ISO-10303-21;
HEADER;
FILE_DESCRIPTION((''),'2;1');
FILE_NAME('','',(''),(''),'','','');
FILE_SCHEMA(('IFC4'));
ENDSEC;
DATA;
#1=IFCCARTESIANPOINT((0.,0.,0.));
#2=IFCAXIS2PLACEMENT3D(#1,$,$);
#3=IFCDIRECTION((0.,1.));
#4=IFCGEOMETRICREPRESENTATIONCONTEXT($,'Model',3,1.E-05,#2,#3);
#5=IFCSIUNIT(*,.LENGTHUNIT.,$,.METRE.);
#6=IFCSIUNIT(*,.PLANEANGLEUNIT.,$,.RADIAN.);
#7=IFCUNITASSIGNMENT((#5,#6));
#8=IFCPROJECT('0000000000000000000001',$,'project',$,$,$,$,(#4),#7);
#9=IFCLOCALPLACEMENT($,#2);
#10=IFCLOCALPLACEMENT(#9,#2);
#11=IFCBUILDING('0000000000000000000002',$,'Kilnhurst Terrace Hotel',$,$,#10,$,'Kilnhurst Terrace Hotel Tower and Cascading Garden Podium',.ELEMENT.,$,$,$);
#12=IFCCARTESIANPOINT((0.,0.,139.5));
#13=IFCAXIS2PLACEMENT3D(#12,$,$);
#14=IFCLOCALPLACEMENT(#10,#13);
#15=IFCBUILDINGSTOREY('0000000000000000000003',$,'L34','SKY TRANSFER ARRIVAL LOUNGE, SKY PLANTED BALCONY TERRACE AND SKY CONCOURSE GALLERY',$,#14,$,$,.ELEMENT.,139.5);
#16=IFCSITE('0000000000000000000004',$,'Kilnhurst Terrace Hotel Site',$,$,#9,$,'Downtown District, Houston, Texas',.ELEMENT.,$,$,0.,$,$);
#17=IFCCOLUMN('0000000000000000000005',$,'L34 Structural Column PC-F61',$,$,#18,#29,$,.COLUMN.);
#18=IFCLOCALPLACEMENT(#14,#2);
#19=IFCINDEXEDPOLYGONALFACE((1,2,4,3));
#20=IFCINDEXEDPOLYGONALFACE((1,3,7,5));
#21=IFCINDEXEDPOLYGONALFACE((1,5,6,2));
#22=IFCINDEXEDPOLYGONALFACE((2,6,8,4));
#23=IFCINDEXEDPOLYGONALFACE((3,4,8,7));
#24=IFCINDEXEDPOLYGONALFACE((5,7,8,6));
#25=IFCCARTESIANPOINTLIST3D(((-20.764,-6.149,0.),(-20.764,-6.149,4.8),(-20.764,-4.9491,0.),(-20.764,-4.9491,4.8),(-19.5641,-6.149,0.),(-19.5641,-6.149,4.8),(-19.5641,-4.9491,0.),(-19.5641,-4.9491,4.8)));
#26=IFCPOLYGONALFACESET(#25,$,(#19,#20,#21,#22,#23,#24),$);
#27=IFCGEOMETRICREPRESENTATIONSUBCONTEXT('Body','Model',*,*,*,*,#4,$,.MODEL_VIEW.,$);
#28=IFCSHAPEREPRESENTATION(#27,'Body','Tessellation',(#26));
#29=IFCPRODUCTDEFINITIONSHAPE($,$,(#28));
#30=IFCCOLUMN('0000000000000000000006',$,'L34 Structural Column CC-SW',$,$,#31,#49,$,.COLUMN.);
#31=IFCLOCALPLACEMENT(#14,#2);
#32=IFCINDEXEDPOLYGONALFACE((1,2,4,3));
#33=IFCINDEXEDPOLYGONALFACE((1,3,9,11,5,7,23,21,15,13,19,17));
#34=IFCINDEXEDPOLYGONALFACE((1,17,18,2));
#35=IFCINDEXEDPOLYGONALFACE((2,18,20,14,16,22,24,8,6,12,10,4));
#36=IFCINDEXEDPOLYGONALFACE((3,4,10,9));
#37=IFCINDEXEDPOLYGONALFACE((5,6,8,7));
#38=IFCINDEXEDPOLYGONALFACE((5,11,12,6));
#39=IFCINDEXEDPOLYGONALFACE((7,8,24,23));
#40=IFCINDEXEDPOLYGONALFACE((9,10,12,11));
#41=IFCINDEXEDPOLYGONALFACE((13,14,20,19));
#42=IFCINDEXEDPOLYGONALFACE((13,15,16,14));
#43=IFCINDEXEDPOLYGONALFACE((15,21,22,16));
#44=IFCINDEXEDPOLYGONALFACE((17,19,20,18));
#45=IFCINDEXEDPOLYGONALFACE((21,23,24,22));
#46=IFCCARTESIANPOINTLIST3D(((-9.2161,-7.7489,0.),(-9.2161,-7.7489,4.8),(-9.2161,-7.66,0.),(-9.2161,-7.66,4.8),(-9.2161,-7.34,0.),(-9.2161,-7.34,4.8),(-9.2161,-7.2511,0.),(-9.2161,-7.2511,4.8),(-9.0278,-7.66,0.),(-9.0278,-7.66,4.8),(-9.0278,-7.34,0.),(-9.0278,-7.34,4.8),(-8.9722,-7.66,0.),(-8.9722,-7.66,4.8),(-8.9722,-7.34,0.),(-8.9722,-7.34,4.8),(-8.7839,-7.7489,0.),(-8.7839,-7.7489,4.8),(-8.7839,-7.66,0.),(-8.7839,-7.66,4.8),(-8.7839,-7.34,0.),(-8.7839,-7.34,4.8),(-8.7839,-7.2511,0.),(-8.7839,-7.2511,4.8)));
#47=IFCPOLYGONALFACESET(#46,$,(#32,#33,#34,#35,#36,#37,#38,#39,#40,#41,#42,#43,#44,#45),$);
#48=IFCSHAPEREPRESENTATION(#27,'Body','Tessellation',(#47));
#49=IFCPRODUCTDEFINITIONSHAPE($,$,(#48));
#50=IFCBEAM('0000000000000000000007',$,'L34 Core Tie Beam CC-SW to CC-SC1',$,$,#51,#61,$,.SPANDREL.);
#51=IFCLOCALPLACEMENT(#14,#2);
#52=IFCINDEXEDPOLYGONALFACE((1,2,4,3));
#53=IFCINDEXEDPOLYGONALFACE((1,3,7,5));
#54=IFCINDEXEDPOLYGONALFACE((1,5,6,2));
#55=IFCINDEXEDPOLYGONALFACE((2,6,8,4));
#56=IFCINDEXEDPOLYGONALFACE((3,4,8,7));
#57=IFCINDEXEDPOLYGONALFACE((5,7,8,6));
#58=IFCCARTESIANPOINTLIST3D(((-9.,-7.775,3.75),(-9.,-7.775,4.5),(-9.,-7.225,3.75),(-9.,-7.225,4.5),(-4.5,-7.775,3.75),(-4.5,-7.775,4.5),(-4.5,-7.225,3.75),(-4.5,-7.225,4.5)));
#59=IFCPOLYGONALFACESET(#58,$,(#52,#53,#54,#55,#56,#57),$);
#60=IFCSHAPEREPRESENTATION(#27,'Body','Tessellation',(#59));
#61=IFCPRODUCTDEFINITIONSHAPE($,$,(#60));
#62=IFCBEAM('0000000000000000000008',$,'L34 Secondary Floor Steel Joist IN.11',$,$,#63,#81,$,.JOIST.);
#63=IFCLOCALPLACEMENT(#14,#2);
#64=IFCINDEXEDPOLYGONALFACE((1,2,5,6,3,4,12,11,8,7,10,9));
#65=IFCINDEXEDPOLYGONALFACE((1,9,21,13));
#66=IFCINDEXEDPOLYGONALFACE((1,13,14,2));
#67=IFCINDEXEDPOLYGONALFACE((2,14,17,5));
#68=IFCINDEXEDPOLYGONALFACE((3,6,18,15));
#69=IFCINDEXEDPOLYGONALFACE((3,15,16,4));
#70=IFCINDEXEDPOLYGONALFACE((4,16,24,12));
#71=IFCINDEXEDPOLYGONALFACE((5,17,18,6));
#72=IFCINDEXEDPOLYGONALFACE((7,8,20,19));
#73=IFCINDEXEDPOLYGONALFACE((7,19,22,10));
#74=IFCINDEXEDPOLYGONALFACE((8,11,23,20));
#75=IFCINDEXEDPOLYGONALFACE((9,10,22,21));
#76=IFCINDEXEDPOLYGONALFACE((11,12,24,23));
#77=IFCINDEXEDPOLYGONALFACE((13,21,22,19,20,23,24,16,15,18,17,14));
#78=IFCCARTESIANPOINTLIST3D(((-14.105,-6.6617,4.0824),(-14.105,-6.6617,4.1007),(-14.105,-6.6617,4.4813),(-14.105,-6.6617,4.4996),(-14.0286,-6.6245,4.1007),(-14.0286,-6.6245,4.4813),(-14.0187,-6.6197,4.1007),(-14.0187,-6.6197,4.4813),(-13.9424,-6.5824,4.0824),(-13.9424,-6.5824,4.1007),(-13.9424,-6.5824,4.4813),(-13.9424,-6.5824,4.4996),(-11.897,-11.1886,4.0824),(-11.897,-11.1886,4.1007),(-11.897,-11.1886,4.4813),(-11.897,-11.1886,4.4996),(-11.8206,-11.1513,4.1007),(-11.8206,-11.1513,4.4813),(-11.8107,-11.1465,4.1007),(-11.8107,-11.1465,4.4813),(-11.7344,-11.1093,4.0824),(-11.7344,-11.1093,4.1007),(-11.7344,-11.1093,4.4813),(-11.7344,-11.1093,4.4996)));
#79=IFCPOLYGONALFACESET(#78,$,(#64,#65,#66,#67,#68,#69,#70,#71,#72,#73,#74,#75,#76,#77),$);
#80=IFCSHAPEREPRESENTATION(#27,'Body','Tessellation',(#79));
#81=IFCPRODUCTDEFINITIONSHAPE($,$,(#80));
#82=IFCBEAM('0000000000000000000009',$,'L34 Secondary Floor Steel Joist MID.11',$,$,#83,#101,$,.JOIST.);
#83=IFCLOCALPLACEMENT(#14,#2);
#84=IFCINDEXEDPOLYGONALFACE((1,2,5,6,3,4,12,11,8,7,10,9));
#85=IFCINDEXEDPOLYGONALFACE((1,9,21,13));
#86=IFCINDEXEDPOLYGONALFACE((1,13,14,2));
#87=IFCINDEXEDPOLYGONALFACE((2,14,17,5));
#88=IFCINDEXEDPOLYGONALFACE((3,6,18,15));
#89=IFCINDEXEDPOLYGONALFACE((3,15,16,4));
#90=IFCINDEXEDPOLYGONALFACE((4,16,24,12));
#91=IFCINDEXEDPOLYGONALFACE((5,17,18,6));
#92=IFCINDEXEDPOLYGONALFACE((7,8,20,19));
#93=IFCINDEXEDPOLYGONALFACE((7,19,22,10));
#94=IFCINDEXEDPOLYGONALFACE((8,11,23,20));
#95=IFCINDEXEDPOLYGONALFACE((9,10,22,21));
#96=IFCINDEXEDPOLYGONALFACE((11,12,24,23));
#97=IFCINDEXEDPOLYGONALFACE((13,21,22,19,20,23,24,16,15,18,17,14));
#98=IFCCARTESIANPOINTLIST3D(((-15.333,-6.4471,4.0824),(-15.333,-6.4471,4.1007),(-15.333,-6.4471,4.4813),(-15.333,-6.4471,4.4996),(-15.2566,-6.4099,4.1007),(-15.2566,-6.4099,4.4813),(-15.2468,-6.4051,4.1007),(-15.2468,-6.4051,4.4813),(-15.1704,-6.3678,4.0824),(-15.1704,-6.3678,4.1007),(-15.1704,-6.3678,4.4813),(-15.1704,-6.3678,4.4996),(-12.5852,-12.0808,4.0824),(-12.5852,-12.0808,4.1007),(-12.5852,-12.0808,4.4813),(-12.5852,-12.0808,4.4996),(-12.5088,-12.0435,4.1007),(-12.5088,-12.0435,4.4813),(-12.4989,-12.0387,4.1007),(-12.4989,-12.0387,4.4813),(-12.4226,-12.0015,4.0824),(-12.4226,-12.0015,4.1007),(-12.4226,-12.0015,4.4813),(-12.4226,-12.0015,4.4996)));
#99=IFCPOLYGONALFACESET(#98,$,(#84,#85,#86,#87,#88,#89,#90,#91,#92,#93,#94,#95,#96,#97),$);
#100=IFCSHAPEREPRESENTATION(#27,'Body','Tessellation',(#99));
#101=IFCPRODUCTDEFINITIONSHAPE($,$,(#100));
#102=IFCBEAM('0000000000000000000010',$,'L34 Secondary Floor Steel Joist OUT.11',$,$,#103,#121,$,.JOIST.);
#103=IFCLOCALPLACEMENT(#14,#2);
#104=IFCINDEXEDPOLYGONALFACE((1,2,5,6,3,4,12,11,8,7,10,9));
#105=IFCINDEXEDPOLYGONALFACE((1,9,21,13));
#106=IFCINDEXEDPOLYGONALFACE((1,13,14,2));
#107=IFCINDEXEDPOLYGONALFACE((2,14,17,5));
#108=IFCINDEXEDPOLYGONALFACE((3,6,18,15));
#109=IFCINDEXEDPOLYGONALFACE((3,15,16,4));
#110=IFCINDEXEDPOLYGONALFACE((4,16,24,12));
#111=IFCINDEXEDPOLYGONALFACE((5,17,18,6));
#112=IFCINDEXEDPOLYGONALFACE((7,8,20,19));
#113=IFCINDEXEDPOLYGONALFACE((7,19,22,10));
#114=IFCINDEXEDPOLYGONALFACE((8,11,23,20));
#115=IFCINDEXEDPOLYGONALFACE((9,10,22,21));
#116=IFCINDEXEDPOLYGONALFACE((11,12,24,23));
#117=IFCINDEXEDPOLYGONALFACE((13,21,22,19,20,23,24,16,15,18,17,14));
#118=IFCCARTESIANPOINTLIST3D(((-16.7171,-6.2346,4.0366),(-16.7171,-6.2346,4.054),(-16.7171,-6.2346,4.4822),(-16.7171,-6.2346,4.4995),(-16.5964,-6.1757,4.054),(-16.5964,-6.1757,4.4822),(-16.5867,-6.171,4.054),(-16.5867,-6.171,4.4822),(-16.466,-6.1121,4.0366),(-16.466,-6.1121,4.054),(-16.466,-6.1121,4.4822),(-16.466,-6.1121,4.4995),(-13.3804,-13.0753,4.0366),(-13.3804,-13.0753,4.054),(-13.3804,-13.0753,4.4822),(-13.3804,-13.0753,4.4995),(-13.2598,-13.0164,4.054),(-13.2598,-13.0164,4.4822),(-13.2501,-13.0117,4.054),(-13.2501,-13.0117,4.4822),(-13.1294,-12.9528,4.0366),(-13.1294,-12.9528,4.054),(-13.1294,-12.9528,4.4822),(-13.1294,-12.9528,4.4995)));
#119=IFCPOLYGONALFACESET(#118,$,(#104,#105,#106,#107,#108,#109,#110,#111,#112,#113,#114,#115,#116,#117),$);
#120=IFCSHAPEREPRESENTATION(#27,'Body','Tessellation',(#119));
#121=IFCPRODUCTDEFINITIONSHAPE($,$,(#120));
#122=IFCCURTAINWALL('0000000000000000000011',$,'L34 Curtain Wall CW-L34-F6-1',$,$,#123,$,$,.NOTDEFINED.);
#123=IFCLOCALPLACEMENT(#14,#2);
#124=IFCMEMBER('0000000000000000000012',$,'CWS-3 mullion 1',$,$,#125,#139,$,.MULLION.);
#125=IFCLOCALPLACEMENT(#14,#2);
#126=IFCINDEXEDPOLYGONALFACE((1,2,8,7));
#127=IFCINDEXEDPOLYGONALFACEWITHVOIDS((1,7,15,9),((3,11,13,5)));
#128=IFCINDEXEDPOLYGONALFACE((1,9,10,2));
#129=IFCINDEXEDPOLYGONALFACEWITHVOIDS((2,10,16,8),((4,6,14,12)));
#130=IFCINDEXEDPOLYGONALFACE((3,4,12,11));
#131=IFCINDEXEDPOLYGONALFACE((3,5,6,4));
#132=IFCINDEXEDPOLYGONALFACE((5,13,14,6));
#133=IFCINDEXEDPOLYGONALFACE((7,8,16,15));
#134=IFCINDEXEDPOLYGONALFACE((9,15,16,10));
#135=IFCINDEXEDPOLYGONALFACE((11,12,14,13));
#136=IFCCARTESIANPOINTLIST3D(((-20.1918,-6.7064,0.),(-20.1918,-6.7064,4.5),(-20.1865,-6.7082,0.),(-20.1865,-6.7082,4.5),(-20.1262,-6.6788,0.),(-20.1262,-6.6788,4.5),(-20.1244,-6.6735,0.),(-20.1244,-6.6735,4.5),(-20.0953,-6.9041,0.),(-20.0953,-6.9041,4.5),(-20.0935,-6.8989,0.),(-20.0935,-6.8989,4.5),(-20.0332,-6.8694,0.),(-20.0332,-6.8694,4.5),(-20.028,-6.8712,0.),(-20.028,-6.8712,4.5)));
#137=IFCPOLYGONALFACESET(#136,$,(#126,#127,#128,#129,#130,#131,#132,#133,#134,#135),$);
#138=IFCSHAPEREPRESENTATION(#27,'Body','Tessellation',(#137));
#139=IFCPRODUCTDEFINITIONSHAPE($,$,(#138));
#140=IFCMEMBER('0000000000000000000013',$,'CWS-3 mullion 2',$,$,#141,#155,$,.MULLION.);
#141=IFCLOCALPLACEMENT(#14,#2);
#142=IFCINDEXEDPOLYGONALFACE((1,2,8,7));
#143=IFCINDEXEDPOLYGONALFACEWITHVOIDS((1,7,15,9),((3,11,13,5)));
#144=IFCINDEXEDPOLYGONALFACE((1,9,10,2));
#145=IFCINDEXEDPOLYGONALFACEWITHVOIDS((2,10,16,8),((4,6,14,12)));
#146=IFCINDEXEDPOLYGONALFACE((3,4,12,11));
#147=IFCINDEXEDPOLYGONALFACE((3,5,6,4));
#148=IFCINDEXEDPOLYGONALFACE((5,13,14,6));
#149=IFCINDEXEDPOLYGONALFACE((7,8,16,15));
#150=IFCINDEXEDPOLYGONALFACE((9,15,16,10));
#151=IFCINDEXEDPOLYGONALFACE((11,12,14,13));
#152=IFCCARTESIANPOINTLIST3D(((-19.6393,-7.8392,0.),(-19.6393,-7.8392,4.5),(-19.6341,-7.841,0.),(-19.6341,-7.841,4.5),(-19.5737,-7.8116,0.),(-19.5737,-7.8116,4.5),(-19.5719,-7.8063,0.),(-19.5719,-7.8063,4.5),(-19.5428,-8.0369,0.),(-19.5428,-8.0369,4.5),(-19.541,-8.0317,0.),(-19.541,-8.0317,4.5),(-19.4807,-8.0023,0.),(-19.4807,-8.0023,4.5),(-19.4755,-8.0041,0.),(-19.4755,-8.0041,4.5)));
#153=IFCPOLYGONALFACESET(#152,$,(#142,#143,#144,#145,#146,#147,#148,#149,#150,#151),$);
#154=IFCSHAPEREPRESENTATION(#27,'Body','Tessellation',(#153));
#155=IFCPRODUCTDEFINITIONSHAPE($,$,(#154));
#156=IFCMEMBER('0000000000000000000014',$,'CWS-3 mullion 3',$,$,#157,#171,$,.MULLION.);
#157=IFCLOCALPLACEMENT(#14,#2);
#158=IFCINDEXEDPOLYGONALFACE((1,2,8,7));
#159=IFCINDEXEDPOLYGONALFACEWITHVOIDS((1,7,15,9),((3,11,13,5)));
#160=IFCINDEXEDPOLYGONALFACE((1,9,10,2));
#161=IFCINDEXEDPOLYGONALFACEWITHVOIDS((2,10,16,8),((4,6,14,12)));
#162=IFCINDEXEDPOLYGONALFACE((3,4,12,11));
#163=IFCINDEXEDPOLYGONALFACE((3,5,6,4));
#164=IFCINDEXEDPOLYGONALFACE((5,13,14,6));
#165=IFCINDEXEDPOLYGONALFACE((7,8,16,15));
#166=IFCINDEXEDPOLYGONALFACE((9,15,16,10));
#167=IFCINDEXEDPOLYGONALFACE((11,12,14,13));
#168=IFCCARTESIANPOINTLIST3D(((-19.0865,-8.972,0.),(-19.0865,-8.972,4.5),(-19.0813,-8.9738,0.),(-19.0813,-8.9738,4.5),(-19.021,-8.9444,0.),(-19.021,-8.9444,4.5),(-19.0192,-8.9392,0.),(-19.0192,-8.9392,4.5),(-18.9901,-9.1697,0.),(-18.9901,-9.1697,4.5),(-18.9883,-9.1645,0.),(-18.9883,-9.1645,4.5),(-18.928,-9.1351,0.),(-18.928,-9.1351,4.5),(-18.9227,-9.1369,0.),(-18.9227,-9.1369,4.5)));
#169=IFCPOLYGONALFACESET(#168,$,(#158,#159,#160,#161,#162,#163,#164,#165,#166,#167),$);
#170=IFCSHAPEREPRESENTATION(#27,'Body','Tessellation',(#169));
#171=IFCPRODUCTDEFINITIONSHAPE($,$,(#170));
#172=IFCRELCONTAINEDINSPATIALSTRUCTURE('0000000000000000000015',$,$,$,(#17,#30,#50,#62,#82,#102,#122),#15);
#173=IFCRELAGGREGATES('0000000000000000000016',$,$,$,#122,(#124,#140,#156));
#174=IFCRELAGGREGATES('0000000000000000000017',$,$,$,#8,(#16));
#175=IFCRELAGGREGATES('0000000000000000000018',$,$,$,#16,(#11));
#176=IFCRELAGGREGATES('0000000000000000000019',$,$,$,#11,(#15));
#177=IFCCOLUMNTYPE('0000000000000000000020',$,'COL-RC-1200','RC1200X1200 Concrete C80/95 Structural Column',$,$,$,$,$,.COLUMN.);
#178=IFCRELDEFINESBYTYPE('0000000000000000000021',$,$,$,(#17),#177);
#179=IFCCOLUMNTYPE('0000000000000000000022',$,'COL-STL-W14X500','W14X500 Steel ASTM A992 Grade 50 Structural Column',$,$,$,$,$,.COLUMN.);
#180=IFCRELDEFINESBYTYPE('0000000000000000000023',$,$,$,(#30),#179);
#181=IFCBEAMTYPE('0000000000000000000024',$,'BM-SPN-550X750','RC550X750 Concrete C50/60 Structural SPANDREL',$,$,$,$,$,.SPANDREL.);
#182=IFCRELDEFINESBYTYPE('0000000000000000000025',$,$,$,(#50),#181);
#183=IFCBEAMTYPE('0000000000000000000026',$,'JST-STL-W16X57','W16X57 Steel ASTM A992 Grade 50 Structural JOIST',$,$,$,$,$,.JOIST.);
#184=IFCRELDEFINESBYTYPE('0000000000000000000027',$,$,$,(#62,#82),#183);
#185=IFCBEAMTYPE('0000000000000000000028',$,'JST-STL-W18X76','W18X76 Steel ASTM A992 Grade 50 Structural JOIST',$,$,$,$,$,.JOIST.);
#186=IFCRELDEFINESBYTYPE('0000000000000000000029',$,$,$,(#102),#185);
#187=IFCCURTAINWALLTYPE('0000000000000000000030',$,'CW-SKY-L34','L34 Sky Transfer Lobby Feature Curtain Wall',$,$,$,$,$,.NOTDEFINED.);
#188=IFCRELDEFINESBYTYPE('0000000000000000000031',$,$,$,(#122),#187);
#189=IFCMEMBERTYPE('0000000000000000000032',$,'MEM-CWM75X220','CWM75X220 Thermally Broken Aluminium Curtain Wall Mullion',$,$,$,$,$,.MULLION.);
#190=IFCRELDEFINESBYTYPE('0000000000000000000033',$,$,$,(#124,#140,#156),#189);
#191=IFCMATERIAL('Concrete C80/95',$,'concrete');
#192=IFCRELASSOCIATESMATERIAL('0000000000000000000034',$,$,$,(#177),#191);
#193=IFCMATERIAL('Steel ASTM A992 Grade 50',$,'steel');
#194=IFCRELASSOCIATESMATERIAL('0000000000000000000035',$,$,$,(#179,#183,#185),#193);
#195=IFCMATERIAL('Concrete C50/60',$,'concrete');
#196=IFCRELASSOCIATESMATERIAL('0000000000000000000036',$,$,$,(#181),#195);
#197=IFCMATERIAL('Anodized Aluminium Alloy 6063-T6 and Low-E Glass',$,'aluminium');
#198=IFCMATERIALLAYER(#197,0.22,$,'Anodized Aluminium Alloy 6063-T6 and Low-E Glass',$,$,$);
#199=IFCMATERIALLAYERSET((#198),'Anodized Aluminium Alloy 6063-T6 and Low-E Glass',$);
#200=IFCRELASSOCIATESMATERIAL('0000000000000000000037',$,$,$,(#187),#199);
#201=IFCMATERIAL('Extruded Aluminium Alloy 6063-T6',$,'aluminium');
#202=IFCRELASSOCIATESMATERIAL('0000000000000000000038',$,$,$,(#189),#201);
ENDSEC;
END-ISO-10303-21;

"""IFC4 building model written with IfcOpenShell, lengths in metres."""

from ifc_helpers import new_model, si_unit, direction, frame, origin, origin_2d, place, context, subcontext, project, spatial, rectangle, hollow_rectangle, i_section, extrude, material, layer, layer_set, material_profile, profile_set, type_object, element, aggregate, save


model = new_model("IFC4")

# Units and contexts
model_context = context("Model", 3, precision=1e-05, world=origin(), true_north=direction((0.0, 1.0)))
body_context = subcontext(model_context, "Body", "Model", "MODEL_VIEW")
ifc_project = project(units=[si_unit("LENGTHUNIT", "METRE"), si_unit("PLANEANGLEUNIT", "RADIAN")], contexts=[model_context])

# Site, building, storey
site_placement = place(None, origin())
site = spatial("IfcSite", under=ifc_project, at=site_placement, Name="Kilnhurst Terrace Hotel Site", LongName="Downtown District, Houston, Texas", CompositionType="ELEMENT", RefElevation=0.0)
building_placement = place(site_placement, origin())
building = spatial("IfcBuilding", under=site, at=building_placement, Name="Kilnhurst Terrace Hotel", LongName="Kilnhurst Terrace Hotel Tower and Cascading Garden Podium", CompositionType="ELEMENT")
storey_placement = place(building_placement, frame((0.0, 0.0, 139.5)))
storey = spatial("IfcBuildingStorey", under=building, at=storey_placement, Name="L34", Description="SKY TRANSFER ARRIVAL LOUNGE, SKY PLANTED BALCONY TERRACE AND SKY CONCOURSE GALLERY", CompositionType="ELEMENT", Elevation=139.5)

# Columns
ifc_material_1 = material(Name="Concrete C80/95", Category="concrete")
ifc_material_profile_1 = material_profile(ifc_material_1, rectangle(XDim=1.2, YDim=1.2, at=origin_2d()), Name="RC1200X1200")
ifc_profile_set_1 = profile_set([ifc_material_profile_1], Name="Concrete C80/95")
column_type_1 = type_object("IfcColumnType", Name="COL-RC-1200", Description="RC1200X1200 Concrete C80/95 Structural Column", PredefinedType="COLUMN", material=ifc_profile_set_1)
column_1_placement = place(storey_placement, frame((-20.1641, -5.5491, 0.0), z_axis=(0.0, 0.0, 1.0), x_axis=(1.0, 0.0, 0.0)))
element("IfcColumn", 1, at=column_1_placement, inside=storey, type_object=column_type_1, Name="L34 Structural Column PC-F61", PredefinedType="COLUMN", context=body_context, shape_type="SweptSolid", body=[
    extrude(rectangle(XDim=1.2, YDim=1.2, at=origin_2d()), origin(), (0.0, 0.0, 1.0), 4.8),
])
ifc_material_2 = material(Name="Steel ASTM A992 Grade 50", Category="steel")
ifc_material_profile_2 = material_profile(ifc_material_2, i_section(OverallWidth=0.4321, OverallDepth=0.4978, WebThickness=0.0557, FlangeThickness=0.0889, at=origin_2d()), Name="W14X500")
ifc_profile_set_2 = profile_set([ifc_material_profile_2], Name="Steel ASTM A992 Grade 50")
column_type_2 = type_object("IfcColumnType", Name="COL-STL-W14X500", Description="W14X500 Steel ASTM A992 Grade 50 Structural Column", PredefinedType="COLUMN", material=ifc_profile_set_2)
column_2_placement = place(storey_placement, frame((-9.0, -7.5, 0.0), z_axis=(0.0, 0.0, 1.0), x_axis=(1.0, 0.0, 0.0)))
element("IfcColumn", 2, at=column_2_placement, inside=storey, type_object=column_type_2, Name="L34 Structural Column CC-SW", PredefinedType="COLUMN", context=body_context, shape_type="SweptSolid", body=[
    extrude(i_section(OverallWidth=0.4321, OverallDepth=0.4978, WebThickness=0.0557, FlangeThickness=0.0889, at=origin_2d()), origin(), (0.0, 0.0, 1.0), 4.8),
])

# Beams
ifc_material_3 = material(Name="Concrete C50/60", Category="concrete")
ifc_material_profile_3 = material_profile(ifc_material_3, rectangle(XDim=0.55, YDim=0.75, at=origin_2d()), Name="RC550X750")
ifc_profile_set_3 = profile_set([ifc_material_profile_3], Name="Concrete C50/60")
beam_type_1 = type_object("IfcBeamType", Name="BM-SPN-550X750", Description="RC550X750 Concrete C50/60 Structural SPANDREL", PredefinedType="SPANDREL", material=ifc_profile_set_3)
beam_1_placement = place(storey_placement, frame((-9.0, -7.5, 4.125), z_axis=(1.0, 0.0, 0.0), x_axis=(0.0, 1.0, 0.0)))
element("IfcBeam", 3, at=beam_1_placement, inside=storey, type_object=beam_type_1, Name="L34 Core Tie Beam CC-SW to CC-SC1", PredefinedType="SPANDREL", context=body_context, shape_type="SweptSolid", body=[
    extrude(rectangle(XDim=0.55, YDim=0.75, at=origin_2d()), origin(), (0.0, 0.0, 1.0), 4.5),
])
ifc_material_profile_4 = material_profile(ifc_material_2, i_section(OverallWidth=0.1809, OverallDepth=0.4172, WebThickness=0.011, FlangeThickness=0.0183, at=origin_2d()), Name="W16X57")
ifc_profile_set_4 = profile_set([ifc_material_profile_4], Name="Steel ASTM A992 Grade 50")
beam_type_2 = type_object("IfcBeamType", Name="JST-STL-W16X57", Description="W16X57 Steel ASTM A992 Grade 50 Structural JOIST", PredefinedType="JOIST", material=ifc_profile_set_4)
beam_2_placement = place(storey_placement, frame((-14.0237, -6.6221, 4.291), z_axis=(0.438389, -0.898785, 0.0), x_axis=(0.898785, 0.438389, 0.0)))
element("IfcBeam", 4, at=beam_2_placement, inside=storey, type_object=beam_type_2, Name="L34 Secondary Floor Steel Joist IN.11", PredefinedType="JOIST", context=body_context, shape_type="SweptSolid", body=[
    extrude(i_section(OverallWidth=0.1809, OverallDepth=0.4172, WebThickness=0.011, FlangeThickness=0.0183, at=origin_2d()), origin(), (0.0, 0.0, 1.0), 5.0366),
])
beam_3_placement = place(storey_placement, frame((-15.2517, -6.4075, 4.291), z_axis=(0.438389, -0.898785, 0.0), x_axis=(0.898785, 0.438389, 0.0)))
element("IfcBeam", 5, at=beam_3_placement, inside=storey, type_object=beam_type_2, Name="L34 Secondary Floor Steel Joist MID.11", PredefinedType="JOIST", context=body_context, shape_type="SweptSolid", body=[
    extrude(i_section(OverallWidth=0.1809, OverallDepth=0.4172, WebThickness=0.011, FlangeThickness=0.0183, at=origin_2d()), origin(), (0.0, 0.0, 1.0), 6.2681),
])
ifc_material_profile_5 = material_profile(ifc_material_2, i_section(OverallWidth=0.2793, OverallDepth=0.4629, WebThickness=0.0107, FlangeThickness=0.0173, at=origin_2d()), Name="W18X76")
ifc_profile_set_5 = profile_set([ifc_material_profile_5], Name="Steel ASTM A992 Grade 50")
beam_type_3 = type_object("IfcBeamType", Name="JST-STL-W18X76", Description="W18X76 Steel ASTM A992 Grade 50 Structural JOIST", PredefinedType="JOIST", material=ifc_profile_set_5)
beam_4_placement = place(storey_placement, frame((-16.5916, -6.1733, 4.2681), z_axis=(0.43839, -0.898785, 0.0), x_axis=(0.898785, 0.43839, 0.0)))
element("IfcBeam", 6, at=beam_4_placement, inside=storey, type_object=beam_type_3, Name="L34 Secondary Floor Steel Joist OUT.11", PredefinedType="JOIST", context=body_context, shape_type="SweptSolid", body=[
    extrude(i_section(OverallWidth=0.2793, OverallDepth=0.4629, WebThickness=0.0107, FlangeThickness=0.0173, at=origin_2d()), origin(), (0.0, 0.0, 1.0), 7.6111),
])

# Curtain wall, members
ifc_material_4 = material(Name="Anodized Aluminium Alloy 6063-T6 and Low-E Glass", Category="aluminium")
ifc_layer_1 = layer(ifc_material_4, 0.22, Name="Anodized Aluminium Alloy 6063-T6 and Low-E Glass")
ifc_layer_set_1 = layer_set([ifc_layer_1], Name="Anodized Aluminium Alloy 6063-T6 and Low-E Glass")
curtain_wall_type = type_object("IfcCurtainWallType", Name="CW-SKY-L34", Description="L34 Sky Transfer Lobby Feature Curtain Wall", PredefinedType="NOTDEFINED", material=ifc_layer_set_1)
curtain_wall_placement = place(storey_placement, origin())
curtain_wall = element("IfcCurtainWall", 7, at=curtain_wall_placement, inside=storey, type_object=curtain_wall_type, Name="L34 Curtain Wall CW-L34-F6-1", PredefinedType="NOTDEFINED")
ifc_material_5 = material(Name="Extruded Aluminium Alloy 6063-T6", Category="aluminium")
ifc_material_profile_6 = material_profile(ifc_material_5, hollow_rectangle(XDim=0.075, YDim=0.22, WallThickness=0.0039, at=origin_2d()), Name="CWM75X220")
ifc_profile_set_6 = profile_set([ifc_material_profile_6], Name="Extruded Aluminium Alloy 6063-T6")
member_type_1 = type_object("IfcMemberType", Name="MEM-CWM75X220", Description="CWM75X220 Thermally Broken Aluminium Curtain Wall Mullion", PredefinedType="MULLION", material=ifc_profile_set_6)
member_1_placement = place(storey_placement, frame((-20.1099, -6.7888, 0.0), z_axis=(0.0, 0.0, 1.0), x_axis=(0.898775, 0.438409, 0.0)))
member_1 = element("IfcMember", 8, at=member_1_placement, type_object=member_type_1, Name="CWS-3 mullion 1", PredefinedType="MULLION", context=body_context, shape_type="SweptSolid", body=[
    extrude(hollow_rectangle(XDim=0.075, YDim=0.22, WallThickness=0.0039, at=origin_2d()), origin(), (0.0, 0.0, 1.0), 4.5),
])
member_2_placement = place(storey_placement, frame((-19.5574, -7.9216, 0.0), z_axis=(0.0, 0.0, 1.0), x_axis=(0.898775, 0.438409, 0.0)))
member_2 = element("IfcMember", 9, at=member_2_placement, type_object=member_type_1, Name="CWS-3 mullion 2", PredefinedType="MULLION", context=body_context, shape_type="SweptSolid", body=[
    extrude(hollow_rectangle(XDim=0.075, YDim=0.22, WallThickness=0.0039, at=origin_2d()), origin(), (0.0, 0.0, 1.0), 4.5),
])
member_3_placement = place(storey_placement, frame((-19.0046, -9.0544, 0.0), z_axis=(0.0, 0.0, 1.0), x_axis=(0.898775, 0.438409, 0.0)))
member_3 = element("IfcMember", 10, at=member_3_placement, type_object=member_type_1, Name="CWS-3 mullion 3", PredefinedType="MULLION", context=body_context, shape_type="SweptSolid", body=[
    extrude(hollow_rectangle(XDim=0.075, YDim=0.22, WallThickness=0.0039, at=origin_2d()), origin(), (0.0, 0.0, 1.0), 4.5),
])

aggregate(curtain_wall, [member_1, member_2, member_3])

save(model, "model.ifc")
